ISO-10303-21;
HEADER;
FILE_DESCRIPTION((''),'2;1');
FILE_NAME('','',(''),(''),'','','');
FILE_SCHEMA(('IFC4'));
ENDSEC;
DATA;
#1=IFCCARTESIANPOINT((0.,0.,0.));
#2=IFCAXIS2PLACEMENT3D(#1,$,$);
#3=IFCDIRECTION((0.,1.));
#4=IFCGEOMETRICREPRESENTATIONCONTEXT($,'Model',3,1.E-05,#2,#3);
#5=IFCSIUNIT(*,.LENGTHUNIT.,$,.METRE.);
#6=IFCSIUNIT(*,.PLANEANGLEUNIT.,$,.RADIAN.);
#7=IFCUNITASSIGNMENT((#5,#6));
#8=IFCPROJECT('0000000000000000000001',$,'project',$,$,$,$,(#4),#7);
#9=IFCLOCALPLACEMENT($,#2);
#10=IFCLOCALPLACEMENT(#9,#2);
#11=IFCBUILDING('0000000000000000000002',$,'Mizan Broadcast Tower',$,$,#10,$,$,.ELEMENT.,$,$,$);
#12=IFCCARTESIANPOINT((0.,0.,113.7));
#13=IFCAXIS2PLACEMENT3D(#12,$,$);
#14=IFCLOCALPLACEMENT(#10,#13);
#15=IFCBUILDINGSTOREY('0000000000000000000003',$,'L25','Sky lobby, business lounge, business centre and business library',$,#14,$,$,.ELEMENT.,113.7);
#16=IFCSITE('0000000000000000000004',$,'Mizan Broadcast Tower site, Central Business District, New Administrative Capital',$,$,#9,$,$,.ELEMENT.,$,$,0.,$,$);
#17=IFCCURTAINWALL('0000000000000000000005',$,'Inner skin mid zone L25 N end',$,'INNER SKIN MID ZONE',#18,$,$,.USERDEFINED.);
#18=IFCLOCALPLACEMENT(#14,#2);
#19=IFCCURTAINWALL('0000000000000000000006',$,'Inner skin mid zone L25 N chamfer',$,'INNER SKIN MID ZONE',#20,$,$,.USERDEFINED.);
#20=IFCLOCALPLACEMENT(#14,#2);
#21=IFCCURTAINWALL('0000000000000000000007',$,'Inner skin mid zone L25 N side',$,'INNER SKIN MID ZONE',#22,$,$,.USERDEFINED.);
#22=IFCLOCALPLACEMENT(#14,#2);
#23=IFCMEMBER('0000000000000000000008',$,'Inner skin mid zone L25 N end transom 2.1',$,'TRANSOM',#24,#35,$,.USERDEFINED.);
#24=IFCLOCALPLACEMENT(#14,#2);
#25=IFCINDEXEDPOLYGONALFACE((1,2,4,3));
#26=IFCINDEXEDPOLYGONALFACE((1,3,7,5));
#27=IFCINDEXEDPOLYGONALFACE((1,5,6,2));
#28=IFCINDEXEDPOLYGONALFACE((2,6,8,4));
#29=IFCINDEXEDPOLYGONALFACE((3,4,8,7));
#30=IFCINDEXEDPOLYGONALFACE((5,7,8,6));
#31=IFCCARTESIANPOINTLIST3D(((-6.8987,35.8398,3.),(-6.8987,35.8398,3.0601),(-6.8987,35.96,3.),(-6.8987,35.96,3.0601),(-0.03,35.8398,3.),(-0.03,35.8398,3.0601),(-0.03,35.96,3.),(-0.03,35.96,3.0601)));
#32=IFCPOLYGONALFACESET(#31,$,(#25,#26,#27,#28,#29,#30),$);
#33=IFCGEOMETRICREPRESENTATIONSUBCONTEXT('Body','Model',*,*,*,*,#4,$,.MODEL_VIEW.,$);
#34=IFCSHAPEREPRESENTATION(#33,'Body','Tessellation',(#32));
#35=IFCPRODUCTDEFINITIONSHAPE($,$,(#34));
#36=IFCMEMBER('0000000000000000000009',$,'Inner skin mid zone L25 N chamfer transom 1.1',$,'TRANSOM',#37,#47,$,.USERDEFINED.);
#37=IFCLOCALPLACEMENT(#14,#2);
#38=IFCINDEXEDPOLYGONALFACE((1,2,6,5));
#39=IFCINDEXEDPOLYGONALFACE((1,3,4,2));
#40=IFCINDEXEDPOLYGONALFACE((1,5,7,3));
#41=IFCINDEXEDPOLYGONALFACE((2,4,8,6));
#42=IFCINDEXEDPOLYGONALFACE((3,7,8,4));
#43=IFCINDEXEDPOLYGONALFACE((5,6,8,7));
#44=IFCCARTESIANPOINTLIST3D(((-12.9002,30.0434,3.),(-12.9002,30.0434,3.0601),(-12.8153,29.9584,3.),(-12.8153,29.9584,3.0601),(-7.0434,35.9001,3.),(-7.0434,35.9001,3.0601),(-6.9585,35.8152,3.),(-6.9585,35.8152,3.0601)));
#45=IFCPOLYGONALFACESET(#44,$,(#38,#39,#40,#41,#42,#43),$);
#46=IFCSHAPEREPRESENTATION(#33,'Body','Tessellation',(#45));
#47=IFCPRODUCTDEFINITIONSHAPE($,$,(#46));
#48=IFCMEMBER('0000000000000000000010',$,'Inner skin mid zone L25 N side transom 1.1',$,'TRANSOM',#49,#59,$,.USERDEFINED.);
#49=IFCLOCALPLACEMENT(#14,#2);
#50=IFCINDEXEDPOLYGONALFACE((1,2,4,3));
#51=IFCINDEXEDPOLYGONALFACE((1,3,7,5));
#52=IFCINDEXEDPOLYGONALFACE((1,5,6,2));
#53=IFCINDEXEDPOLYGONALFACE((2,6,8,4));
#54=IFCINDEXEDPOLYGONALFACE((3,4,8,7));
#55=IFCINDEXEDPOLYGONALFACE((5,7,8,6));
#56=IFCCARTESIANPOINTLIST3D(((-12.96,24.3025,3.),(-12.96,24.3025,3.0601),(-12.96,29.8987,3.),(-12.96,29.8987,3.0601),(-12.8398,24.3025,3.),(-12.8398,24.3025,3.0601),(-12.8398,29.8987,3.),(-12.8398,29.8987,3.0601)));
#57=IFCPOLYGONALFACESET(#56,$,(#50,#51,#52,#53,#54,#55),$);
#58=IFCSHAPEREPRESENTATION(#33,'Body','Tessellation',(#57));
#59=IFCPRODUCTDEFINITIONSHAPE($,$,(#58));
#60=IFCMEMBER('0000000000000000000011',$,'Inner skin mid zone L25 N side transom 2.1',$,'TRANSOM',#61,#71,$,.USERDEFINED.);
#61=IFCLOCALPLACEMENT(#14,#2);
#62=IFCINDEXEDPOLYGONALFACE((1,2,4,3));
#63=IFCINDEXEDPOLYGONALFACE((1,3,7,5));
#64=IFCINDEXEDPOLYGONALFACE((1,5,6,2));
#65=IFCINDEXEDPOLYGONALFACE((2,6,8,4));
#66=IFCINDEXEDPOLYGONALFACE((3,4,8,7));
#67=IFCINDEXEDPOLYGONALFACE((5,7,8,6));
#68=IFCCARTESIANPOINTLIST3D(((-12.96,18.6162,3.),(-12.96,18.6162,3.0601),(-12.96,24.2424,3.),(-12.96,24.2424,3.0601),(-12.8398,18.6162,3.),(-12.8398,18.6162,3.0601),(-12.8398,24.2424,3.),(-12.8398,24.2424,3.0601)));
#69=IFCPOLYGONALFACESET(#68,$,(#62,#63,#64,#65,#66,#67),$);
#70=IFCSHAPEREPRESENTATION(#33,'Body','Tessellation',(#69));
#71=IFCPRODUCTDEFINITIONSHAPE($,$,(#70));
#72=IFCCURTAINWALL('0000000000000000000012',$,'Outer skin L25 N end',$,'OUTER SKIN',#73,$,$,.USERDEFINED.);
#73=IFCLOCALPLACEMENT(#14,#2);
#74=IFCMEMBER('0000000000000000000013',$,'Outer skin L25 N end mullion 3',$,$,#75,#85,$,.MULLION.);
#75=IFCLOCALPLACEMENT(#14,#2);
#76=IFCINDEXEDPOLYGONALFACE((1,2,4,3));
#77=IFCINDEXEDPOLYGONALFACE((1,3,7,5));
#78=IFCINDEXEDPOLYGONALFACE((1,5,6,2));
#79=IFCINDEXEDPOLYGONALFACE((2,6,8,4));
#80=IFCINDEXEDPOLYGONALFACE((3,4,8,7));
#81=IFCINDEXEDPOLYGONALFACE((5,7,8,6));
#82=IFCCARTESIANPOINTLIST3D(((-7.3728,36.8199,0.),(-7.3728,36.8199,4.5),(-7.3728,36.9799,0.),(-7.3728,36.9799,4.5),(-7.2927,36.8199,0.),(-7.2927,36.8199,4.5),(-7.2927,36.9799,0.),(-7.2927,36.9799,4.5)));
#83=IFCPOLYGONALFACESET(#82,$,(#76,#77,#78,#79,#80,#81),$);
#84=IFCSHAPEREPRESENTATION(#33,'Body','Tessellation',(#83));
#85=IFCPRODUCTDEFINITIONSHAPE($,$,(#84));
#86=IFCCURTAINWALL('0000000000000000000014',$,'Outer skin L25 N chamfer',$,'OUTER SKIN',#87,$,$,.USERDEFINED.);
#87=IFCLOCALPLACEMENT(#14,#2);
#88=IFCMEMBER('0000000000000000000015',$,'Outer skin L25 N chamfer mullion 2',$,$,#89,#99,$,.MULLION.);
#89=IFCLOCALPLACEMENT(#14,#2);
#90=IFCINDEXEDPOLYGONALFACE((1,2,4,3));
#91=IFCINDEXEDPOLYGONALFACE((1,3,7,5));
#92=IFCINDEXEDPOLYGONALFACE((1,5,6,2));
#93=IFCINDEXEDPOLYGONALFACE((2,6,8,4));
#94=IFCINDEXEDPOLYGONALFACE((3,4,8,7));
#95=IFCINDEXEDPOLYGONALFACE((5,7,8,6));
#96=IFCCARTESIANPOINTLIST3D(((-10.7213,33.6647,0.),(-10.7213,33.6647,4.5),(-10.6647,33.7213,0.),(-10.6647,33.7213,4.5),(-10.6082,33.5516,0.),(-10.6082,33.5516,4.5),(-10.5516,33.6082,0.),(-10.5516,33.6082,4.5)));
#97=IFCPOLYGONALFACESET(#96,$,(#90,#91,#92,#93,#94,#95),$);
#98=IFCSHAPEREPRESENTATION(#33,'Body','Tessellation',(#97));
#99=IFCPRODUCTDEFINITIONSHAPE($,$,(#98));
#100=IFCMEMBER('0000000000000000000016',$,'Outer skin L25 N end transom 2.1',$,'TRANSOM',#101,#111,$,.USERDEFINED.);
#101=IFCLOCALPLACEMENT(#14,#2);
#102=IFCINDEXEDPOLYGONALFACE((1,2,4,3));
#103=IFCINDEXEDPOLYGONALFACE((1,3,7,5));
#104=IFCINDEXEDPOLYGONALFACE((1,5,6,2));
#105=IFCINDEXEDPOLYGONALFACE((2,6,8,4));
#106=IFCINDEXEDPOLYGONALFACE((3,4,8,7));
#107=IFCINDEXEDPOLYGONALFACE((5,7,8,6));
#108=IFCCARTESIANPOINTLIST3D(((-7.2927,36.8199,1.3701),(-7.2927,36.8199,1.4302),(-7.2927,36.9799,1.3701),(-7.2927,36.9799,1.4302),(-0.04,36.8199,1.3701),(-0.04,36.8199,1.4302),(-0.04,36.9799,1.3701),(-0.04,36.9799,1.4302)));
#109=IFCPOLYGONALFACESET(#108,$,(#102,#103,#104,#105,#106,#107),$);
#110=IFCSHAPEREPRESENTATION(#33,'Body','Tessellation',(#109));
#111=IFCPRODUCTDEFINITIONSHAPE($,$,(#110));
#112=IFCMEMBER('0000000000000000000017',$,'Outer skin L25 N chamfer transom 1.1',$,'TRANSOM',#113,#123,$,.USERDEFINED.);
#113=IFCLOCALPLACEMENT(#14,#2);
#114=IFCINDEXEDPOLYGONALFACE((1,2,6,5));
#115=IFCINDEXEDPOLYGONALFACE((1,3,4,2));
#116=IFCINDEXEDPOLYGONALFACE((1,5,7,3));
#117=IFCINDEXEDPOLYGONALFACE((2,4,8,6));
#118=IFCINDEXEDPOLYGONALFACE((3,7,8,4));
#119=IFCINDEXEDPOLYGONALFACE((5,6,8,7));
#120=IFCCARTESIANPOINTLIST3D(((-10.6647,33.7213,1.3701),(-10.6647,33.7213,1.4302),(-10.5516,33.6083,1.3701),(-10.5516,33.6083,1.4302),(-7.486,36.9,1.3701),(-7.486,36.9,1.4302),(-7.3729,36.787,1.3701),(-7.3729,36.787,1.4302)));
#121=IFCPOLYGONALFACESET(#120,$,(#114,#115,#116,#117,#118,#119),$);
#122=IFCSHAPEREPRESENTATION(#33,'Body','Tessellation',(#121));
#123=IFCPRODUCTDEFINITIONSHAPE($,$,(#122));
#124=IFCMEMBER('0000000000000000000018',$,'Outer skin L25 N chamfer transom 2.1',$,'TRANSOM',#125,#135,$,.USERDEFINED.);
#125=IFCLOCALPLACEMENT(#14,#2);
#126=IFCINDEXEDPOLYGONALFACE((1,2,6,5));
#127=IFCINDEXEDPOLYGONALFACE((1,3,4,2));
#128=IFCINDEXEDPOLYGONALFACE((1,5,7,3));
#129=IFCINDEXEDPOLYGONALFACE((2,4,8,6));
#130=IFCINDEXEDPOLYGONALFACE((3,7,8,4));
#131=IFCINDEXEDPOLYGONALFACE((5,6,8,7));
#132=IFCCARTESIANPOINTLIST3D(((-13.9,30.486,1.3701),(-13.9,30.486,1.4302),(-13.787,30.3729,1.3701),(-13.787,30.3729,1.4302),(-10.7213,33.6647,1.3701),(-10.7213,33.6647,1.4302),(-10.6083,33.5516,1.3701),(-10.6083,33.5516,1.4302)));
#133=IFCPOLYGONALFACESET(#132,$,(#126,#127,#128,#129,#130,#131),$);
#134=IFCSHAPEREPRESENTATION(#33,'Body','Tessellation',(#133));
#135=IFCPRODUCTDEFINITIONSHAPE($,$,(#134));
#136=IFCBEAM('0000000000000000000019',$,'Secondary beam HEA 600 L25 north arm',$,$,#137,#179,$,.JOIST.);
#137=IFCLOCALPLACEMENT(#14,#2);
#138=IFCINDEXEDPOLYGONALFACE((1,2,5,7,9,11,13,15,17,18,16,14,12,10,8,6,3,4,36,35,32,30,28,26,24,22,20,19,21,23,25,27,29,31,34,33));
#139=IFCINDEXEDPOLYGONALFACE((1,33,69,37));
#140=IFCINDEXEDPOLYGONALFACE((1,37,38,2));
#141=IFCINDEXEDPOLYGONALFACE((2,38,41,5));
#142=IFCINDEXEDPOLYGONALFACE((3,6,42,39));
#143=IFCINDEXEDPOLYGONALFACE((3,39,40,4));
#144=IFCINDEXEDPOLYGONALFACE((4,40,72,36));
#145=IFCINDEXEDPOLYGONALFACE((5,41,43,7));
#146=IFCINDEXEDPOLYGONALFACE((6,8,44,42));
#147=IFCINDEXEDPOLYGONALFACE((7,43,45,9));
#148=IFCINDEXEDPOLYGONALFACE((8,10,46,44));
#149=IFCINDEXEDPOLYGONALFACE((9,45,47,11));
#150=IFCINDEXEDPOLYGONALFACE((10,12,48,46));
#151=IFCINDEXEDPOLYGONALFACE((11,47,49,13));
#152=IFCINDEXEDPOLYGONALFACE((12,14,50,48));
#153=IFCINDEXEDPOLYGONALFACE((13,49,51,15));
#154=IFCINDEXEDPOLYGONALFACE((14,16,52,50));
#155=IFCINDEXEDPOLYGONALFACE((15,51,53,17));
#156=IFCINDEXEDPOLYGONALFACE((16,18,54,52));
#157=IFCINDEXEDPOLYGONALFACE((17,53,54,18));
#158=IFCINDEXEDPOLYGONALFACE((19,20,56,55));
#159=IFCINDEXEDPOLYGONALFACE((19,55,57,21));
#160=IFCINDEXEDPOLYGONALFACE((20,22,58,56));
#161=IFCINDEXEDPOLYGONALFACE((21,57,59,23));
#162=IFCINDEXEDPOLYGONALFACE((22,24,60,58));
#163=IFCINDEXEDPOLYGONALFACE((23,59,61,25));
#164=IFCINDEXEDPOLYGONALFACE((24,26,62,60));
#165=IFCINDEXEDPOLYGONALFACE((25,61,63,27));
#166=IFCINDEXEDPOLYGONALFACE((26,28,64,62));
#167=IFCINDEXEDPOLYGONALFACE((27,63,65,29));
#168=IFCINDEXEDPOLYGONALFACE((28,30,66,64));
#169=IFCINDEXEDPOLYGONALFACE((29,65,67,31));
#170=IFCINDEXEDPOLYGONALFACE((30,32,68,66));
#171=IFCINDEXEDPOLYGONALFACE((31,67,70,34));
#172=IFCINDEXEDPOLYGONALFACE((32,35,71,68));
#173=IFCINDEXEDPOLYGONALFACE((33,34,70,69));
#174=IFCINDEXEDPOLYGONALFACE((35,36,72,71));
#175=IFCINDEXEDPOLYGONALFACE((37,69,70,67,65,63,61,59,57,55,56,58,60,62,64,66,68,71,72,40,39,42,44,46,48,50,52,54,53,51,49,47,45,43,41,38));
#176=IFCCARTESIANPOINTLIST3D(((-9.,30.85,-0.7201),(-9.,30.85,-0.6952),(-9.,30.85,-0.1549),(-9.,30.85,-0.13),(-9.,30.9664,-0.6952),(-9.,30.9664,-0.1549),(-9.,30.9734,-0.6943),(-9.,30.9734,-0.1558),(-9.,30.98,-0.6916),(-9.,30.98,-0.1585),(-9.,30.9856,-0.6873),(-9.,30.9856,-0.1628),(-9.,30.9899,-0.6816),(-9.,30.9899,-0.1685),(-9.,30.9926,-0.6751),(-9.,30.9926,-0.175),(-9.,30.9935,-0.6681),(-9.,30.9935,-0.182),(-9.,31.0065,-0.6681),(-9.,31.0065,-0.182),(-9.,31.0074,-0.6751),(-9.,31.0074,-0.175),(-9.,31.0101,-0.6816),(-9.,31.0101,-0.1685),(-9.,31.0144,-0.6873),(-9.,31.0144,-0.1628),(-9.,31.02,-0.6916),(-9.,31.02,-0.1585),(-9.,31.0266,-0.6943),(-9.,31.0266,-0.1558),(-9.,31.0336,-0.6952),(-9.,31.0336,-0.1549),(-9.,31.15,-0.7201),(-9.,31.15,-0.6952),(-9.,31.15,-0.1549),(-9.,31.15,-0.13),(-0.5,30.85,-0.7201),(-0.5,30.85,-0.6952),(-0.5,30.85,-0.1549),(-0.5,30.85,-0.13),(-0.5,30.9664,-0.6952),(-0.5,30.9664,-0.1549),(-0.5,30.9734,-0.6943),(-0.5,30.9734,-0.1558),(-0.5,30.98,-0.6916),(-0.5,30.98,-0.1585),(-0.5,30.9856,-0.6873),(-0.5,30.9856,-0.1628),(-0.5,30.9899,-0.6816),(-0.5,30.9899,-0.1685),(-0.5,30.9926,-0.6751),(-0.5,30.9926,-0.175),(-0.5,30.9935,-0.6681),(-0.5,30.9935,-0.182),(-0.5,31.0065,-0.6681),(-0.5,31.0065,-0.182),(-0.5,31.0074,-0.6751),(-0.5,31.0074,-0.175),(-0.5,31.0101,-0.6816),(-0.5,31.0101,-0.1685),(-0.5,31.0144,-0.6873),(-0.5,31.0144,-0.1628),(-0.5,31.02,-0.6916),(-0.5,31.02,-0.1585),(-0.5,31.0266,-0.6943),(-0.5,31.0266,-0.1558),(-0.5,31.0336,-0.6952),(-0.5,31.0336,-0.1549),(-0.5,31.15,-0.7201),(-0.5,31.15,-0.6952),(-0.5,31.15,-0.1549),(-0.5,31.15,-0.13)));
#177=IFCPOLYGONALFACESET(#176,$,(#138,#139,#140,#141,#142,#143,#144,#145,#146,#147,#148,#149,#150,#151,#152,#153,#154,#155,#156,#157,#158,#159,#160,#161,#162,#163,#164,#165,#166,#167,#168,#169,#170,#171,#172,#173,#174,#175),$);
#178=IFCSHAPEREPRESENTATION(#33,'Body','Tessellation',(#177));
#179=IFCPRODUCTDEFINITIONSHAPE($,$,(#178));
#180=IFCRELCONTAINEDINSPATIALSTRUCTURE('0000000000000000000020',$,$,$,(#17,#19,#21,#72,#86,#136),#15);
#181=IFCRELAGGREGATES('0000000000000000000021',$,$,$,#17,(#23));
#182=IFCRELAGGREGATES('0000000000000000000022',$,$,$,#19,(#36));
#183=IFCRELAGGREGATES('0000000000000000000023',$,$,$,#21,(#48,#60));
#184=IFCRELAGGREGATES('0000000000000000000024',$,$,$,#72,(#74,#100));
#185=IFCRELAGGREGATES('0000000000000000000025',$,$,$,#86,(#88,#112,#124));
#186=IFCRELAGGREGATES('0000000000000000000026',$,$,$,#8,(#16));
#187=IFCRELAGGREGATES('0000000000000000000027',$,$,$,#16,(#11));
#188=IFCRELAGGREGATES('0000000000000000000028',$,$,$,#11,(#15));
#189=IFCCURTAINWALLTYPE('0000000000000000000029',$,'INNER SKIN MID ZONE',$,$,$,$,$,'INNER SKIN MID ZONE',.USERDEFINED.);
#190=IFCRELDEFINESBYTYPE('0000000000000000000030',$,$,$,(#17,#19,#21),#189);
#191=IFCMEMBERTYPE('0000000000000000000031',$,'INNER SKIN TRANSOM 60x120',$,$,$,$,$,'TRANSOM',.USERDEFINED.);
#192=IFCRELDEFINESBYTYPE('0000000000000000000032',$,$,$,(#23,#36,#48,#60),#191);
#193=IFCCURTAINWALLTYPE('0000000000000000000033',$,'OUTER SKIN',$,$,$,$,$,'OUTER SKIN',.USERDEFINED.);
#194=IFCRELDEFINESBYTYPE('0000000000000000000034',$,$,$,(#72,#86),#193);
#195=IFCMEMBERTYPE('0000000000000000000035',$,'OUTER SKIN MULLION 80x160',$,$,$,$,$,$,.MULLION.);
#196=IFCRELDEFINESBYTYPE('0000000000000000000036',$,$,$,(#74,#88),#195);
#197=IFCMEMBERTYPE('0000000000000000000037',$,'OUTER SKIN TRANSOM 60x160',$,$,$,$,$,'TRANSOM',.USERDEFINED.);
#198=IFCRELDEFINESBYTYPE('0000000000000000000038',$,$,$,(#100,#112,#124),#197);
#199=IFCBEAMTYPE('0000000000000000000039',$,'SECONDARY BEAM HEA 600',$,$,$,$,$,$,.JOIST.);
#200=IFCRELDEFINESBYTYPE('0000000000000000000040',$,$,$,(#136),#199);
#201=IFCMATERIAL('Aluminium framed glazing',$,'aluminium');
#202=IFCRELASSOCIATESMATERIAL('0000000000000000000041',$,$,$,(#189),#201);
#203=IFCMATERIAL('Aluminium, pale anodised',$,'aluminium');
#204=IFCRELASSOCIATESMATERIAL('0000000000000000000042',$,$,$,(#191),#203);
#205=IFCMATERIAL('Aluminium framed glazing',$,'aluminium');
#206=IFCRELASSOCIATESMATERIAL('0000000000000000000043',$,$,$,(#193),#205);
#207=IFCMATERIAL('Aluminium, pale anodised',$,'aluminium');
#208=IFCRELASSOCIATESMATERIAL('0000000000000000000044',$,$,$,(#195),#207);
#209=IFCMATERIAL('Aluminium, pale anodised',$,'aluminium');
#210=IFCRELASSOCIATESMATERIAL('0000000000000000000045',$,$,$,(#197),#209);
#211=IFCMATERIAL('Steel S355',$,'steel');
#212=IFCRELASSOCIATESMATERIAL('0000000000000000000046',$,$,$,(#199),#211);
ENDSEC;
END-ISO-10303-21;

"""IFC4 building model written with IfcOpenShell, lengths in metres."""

from ifc_helpers import new_model, si_unit, direction, frame, origin, origin_2d, place, context, subcontext, project, spatial, rectangle, i_section, extrude, material, material_profile, profile_set, type_object, element, aggregate, save


model = new_model("IFC4")

# Units and contexts
model_context = context("Model", 3, precision=1e-05, world=origin(), true_north=direction((0.0, 1.0)))
body_context = subcontext(model_context, "Body", "Model", "MODEL_VIEW")
ifc_project = project(units=[si_unit("LENGTHUNIT", "METRE"), si_unit("PLANEANGLEUNIT", "RADIAN")], contexts=[model_context])

# Site, building, storey
site_placement = place(None, origin())
site = spatial("IfcSite", under=ifc_project, at=site_placement, Name="Mizan Broadcast Tower site, Central Business District, New Administrative Capital", CompositionType="ELEMENT", RefElevation=0.0)
building_placement = place(site_placement, origin())
building = spatial("IfcBuilding", under=site, at=building_placement, Name="Mizan Broadcast Tower", CompositionType="ELEMENT")
storey_placement = place(building_placement, frame((0.0, 0.0, 113.7)))
storey = spatial("IfcBuildingStorey", under=building, at=storey_placement, Name="L25", Description="Sky lobby, business lounge, business centre and business library", CompositionType="ELEMENT", Elevation=113.7)

# Curtain walls
ifc_material_1 = material(Name="Aluminium framed glazing", Category="aluminium")
curtain_wall_type_1 = type_object("IfcCurtainWallType", Name="INNER SKIN MID ZONE", ElementType="INNER SKIN MID ZONE", PredefinedType="USERDEFINED", material=ifc_material_1)
curtain_wall_1_placement = place(storey_placement, origin())
curtain_wall_1 = element("IfcCurtainWall", 1, at=curtain_wall_1_placement, inside=storey, type_object=curtain_wall_type_1, Name="Inner skin mid zone L25 N end", ObjectType="INNER SKIN MID ZONE", PredefinedType="USERDEFINED")
curtain_wall_2_placement = place(storey_placement, origin())
curtain_wall_2 = element("IfcCurtainWall", 2, at=curtain_wall_2_placement, inside=storey, type_object=curtain_wall_type_1, Name="Inner skin mid zone L25 N chamfer", ObjectType="INNER SKIN MID ZONE", PredefinedType="USERDEFINED")
curtain_wall_3_placement = place(storey_placement, origin())
curtain_wall_3 = element("IfcCurtainWall", 3, at=curtain_wall_3_placement, inside=storey, type_object=curtain_wall_type_1, Name="Inner skin mid zone L25 N side", ObjectType="INNER SKIN MID ZONE", PredefinedType="USERDEFINED")

# Members
ifc_material_2 = material(Name="Aluminium, pale anodised", Category="aluminium")
ifc_material_profile_1 = material_profile(ifc_material_2, rectangle(XDim=0.1201, YDim=0.0601, at=origin_2d()), Name="TRANSOM 120x60")
ifc_profile_set_1 = profile_set([ifc_material_profile_1], Name="Aluminium, pale anodised")
member_type_1 = type_object("IfcMemberType", Name="INNER SKIN TRANSOM 60x120", ElementType="TRANSOM", PredefinedType="USERDEFINED", material=ifc_profile_set_1)
member_1_placement = place(storey_placement, frame((-0.03, 35.8999, 3.03), z_axis=(-1.0, 0.0, 0.0), x_axis=(0.0, -1.0, 0.0)))
member_1 = element("IfcMember", 4, at=member_1_placement, type_object=member_type_1, Name="Inner skin mid zone L25 N end transom 2.1", ObjectType="TRANSOM", PredefinedType="USERDEFINED", context=body_context, shape_type="SweptSolid", body=[
    extrude(rectangle(XDim=0.1201, YDim=0.0601, at=origin_2d()), origin(), (0.0, 0.0, 1.0), 6.8687),
])
member_2_placement = place(storey_placement, frame((-7.001, 35.8577, 3.03), z_axis=(-0.707107, -0.707107, 0.0), x_axis=(0.707107, -0.707107, 0.0)))
member_2 = element("IfcMember", 5, at=member_2_placement, type_object=member_type_1, Name="Inner skin mid zone L25 N chamfer transom 1.1", ObjectType="TRANSOM", PredefinedType="USERDEFINED", context=body_context, shape_type="SweptSolid", body=[
    extrude(rectangle(XDim=0.1201, YDim=0.0601, at=origin_2d()), origin(), (0.0, 0.0, 1.0), 8.2827),
])
member_3_placement = place(storey_placement, frame((-12.8999, 29.8987, 3.03), z_axis=(0.0, -1.0, 0.0), x_axis=(1.0, 0.0, 0.0)))
member_3 = element("IfcMember", 6, at=member_3_placement, type_object=member_type_1, Name="Inner skin mid zone L25 N side transom 1.1", ObjectType="TRANSOM", PredefinedType="USERDEFINED", context=body_context, shape_type="SweptSolid", body=[
    extrude(rectangle(XDim=0.1201, YDim=0.0601, at=origin_2d()), origin(), (0.0, 0.0, 1.0), 5.5962),
])
member_4_placement = place(storey_placement, frame((-12.8999, 24.2424, 3.03), z_axis=(0.0, -1.0, 0.0), x_axis=(1.0, 0.0, 0.0)))
member_4 = element("IfcMember", 7, at=member_4_placement, type_object=member_type_1, Name="Inner skin mid zone L25 N side transom 2.1", ObjectType="TRANSOM", PredefinedType="USERDEFINED", context=body_context, shape_type="SweptSolid", body=[
    extrude(rectangle(XDim=0.1201, YDim=0.0601, at=origin_2d()), origin(), (0.0, 0.0, 1.0), 5.6262),
])

# Curtain walls, members
ifc_material_3 = material(Name="Aluminium framed glazing", Category="aluminium")
curtain_wall_type_2 = type_object("IfcCurtainWallType", Name="OUTER SKIN", ElementType="OUTER SKIN", PredefinedType="USERDEFINED", material=ifc_material_3)
curtain_wall_4_placement = place(storey_placement, origin())
curtain_wall_4 = element("IfcCurtainWall", 8, at=curtain_wall_4_placement, inside=storey, type_object=curtain_wall_type_2, Name="Outer skin L25 N end", ObjectType="OUTER SKIN", PredefinedType="USERDEFINED")
ifc_material_4 = material(Name="Aluminium, pale anodised", Category="aluminium")
ifc_material_profile_2 = material_profile(ifc_material_4, rectangle(XDim=0.1599, YDim=0.0801, at=origin_2d()), Name="MULLION 160x80")
ifc_profile_set_2 = profile_set([ifc_material_profile_2], Name="Aluminium, pale anodised")
member_type_2 = type_object("IfcMemberType", Name="OUTER SKIN MULLION 80x160", PredefinedType="MULLION", material=ifc_profile_set_2)
member_5_placement = place(storey_placement, frame((-7.3328, 36.8999, 0.0), z_axis=(0.0, 0.0, 1.0), x_axis=(0.0, -1.0, 0.0)))
member_5 = element("IfcMember", 9, at=member_5_placement, type_object=member_type_2, Name="Outer skin L25 N end mullion 3", PredefinedType="MULLION", context=body_context, shape_type="SweptSolid", body=[
    extrude(rectangle(XDim=0.1599, YDim=0.0801, at=origin_2d()), origin(), (0.0, 0.0, 1.0), 4.5),
])
curtain_wall_5_placement = place(storey_placement, origin())
curtain_wall_5 = element("IfcCurtainWall", 10, at=curtain_wall_5_placement, inside=storey, type_object=curtain_wall_type_2, Name="Outer skin L25 N chamfer", ObjectType="OUTER SKIN", PredefinedType="USERDEFINED")
member_6_placement = place(storey_placement, frame((-10.6365, 33.6365, 0.0), z_axis=(0.0, 0.0, 1.0), x_axis=(0.707107, -0.707107, 0.0)))
member_6 = element("IfcMember", 11, at=member_6_placement, type_object=member_type_2, Name="Outer skin L25 N chamfer mullion 2", PredefinedType="MULLION", context=body_context, shape_type="SweptSolid", body=[
    extrude(rectangle(XDim=0.1599, YDim=0.0801, at=origin_2d()), origin(), (0.0, 0.0, 1.0), 4.5),
])

# Members
ifc_material_5 = material(Name="Aluminium, pale anodised", Category="aluminium")
ifc_material_profile_3 = material_profile(ifc_material_5, rectangle(XDim=0.1599, YDim=0.0601, at=origin_2d()), Name="TRANSOM 160x60")
ifc_profile_set_3 = profile_set([ifc_material_profile_3], Name="Aluminium, pale anodised")
member_type_3 = type_object("IfcMemberType", Name="OUTER SKIN TRANSOM 60x160", ElementType="TRANSOM", PredefinedType="USERDEFINED", material=ifc_profile_set_3)
member_7_placement = place(storey_placement, frame((-0.04, 36.8999, 1.4001), z_axis=(-1.0, 0.0, 0.0), x_axis=(0.0, -1.0, 0.0)))
member_7 = element("IfcMember", 12, at=member_7_placement, type_object=member_type_3, Name="Outer skin L25 N end transom 2.1", ObjectType="TRANSOM", PredefinedType="USERDEFINED", context=body_context, shape_type="SweptSolid", body=[
    extrude(rectangle(XDim=0.1599, YDim=0.0601, at=origin_2d()), origin(), (0.0, 0.0, 1.0), 7.2527),
])
member_8_placement = place(storey_placement, frame((-7.4294, 36.8435, 1.4001), z_axis=(-0.707107, -0.707107, 0.0), x_axis=(0.707107, -0.707107, 0.0)))
member_8 = element("IfcMember", 13, at=member_8_placement, type_object=member_type_3, Name="Outer skin L25 N chamfer transom 1.1", ObjectType="TRANSOM", PredefinedType="USERDEFINED", context=body_context, shape_type="SweptSolid", body=[
    extrude(rectangle(XDim=0.1599, YDim=0.0601, at=origin_2d()), origin(), (0.0, 0.0, 1.0), 4.4954),
])
member_9_placement = place(storey_placement, frame((-10.6648, 33.6082, 1.4001), z_axis=(-0.707107, -0.707107, 0.0), x_axis=(0.707107, -0.707107, 0.0)))
member_9 = element("IfcMember", 14, at=member_9_placement, type_object=member_type_3, Name="Outer skin L25 N chamfer transom 2.1", ObjectType="TRANSOM", PredefinedType="USERDEFINED", context=body_context, shape_type="SweptSolid", body=[
    extrude(rectangle(XDim=0.1599, YDim=0.0601, at=origin_2d()), origin(), (0.0, 0.0, 1.0), 4.4954),
])

# Beam
ifc_material_6 = material(Name="Steel S355", Category="steel")
ifc_material_profile_4 = material_profile(ifc_material_6, i_section(OverallWidth=0.3, OverallDepth=0.5901, WebThickness=0.0129, FlangeThickness=0.0249, FilletRadius=0.0271, at=origin_2d()), Name="HEA 600")
ifc_profile_set_4 = profile_set([ifc_material_profile_4], Name="Steel S355")
beam_type_1 = type_object("IfcBeamType", Name="SECONDARY BEAM HEA 600", PredefinedType="JOIST", material=ifc_profile_set_4)
beam_1_placement = place(storey_placement, frame((-9.0, 31.0, -0.425), z_axis=(1.0, 0.0, 0.0), x_axis=(0.0, 1.0, 0.0)))
element("IfcBeam", 15, at=beam_1_placement, inside=storey, type_object=beam_type_1, Name="Secondary beam HEA 600 L25 north arm", PredefinedType="JOIST", context=body_context, shape_type="SweptSolid", body=[
    extrude(i_section(OverallWidth=0.3, OverallDepth=0.5901, WebThickness=0.0129, FlangeThickness=0.0249, FilletRadius=0.0271, at=origin_2d()), origin(), (0.0, 0.0, 1.0), 8.5),
])

aggregate(curtain_wall_1, [member_1])
aggregate(curtain_wall_2, [member_2])
aggregate(curtain_wall_3, [member_3, member_4])
aggregate(curtain_wall_4, [member_5, member_7])
aggregate(curtain_wall_5, [member_6, member_8, member_9])

save(model, "model.ifc")
